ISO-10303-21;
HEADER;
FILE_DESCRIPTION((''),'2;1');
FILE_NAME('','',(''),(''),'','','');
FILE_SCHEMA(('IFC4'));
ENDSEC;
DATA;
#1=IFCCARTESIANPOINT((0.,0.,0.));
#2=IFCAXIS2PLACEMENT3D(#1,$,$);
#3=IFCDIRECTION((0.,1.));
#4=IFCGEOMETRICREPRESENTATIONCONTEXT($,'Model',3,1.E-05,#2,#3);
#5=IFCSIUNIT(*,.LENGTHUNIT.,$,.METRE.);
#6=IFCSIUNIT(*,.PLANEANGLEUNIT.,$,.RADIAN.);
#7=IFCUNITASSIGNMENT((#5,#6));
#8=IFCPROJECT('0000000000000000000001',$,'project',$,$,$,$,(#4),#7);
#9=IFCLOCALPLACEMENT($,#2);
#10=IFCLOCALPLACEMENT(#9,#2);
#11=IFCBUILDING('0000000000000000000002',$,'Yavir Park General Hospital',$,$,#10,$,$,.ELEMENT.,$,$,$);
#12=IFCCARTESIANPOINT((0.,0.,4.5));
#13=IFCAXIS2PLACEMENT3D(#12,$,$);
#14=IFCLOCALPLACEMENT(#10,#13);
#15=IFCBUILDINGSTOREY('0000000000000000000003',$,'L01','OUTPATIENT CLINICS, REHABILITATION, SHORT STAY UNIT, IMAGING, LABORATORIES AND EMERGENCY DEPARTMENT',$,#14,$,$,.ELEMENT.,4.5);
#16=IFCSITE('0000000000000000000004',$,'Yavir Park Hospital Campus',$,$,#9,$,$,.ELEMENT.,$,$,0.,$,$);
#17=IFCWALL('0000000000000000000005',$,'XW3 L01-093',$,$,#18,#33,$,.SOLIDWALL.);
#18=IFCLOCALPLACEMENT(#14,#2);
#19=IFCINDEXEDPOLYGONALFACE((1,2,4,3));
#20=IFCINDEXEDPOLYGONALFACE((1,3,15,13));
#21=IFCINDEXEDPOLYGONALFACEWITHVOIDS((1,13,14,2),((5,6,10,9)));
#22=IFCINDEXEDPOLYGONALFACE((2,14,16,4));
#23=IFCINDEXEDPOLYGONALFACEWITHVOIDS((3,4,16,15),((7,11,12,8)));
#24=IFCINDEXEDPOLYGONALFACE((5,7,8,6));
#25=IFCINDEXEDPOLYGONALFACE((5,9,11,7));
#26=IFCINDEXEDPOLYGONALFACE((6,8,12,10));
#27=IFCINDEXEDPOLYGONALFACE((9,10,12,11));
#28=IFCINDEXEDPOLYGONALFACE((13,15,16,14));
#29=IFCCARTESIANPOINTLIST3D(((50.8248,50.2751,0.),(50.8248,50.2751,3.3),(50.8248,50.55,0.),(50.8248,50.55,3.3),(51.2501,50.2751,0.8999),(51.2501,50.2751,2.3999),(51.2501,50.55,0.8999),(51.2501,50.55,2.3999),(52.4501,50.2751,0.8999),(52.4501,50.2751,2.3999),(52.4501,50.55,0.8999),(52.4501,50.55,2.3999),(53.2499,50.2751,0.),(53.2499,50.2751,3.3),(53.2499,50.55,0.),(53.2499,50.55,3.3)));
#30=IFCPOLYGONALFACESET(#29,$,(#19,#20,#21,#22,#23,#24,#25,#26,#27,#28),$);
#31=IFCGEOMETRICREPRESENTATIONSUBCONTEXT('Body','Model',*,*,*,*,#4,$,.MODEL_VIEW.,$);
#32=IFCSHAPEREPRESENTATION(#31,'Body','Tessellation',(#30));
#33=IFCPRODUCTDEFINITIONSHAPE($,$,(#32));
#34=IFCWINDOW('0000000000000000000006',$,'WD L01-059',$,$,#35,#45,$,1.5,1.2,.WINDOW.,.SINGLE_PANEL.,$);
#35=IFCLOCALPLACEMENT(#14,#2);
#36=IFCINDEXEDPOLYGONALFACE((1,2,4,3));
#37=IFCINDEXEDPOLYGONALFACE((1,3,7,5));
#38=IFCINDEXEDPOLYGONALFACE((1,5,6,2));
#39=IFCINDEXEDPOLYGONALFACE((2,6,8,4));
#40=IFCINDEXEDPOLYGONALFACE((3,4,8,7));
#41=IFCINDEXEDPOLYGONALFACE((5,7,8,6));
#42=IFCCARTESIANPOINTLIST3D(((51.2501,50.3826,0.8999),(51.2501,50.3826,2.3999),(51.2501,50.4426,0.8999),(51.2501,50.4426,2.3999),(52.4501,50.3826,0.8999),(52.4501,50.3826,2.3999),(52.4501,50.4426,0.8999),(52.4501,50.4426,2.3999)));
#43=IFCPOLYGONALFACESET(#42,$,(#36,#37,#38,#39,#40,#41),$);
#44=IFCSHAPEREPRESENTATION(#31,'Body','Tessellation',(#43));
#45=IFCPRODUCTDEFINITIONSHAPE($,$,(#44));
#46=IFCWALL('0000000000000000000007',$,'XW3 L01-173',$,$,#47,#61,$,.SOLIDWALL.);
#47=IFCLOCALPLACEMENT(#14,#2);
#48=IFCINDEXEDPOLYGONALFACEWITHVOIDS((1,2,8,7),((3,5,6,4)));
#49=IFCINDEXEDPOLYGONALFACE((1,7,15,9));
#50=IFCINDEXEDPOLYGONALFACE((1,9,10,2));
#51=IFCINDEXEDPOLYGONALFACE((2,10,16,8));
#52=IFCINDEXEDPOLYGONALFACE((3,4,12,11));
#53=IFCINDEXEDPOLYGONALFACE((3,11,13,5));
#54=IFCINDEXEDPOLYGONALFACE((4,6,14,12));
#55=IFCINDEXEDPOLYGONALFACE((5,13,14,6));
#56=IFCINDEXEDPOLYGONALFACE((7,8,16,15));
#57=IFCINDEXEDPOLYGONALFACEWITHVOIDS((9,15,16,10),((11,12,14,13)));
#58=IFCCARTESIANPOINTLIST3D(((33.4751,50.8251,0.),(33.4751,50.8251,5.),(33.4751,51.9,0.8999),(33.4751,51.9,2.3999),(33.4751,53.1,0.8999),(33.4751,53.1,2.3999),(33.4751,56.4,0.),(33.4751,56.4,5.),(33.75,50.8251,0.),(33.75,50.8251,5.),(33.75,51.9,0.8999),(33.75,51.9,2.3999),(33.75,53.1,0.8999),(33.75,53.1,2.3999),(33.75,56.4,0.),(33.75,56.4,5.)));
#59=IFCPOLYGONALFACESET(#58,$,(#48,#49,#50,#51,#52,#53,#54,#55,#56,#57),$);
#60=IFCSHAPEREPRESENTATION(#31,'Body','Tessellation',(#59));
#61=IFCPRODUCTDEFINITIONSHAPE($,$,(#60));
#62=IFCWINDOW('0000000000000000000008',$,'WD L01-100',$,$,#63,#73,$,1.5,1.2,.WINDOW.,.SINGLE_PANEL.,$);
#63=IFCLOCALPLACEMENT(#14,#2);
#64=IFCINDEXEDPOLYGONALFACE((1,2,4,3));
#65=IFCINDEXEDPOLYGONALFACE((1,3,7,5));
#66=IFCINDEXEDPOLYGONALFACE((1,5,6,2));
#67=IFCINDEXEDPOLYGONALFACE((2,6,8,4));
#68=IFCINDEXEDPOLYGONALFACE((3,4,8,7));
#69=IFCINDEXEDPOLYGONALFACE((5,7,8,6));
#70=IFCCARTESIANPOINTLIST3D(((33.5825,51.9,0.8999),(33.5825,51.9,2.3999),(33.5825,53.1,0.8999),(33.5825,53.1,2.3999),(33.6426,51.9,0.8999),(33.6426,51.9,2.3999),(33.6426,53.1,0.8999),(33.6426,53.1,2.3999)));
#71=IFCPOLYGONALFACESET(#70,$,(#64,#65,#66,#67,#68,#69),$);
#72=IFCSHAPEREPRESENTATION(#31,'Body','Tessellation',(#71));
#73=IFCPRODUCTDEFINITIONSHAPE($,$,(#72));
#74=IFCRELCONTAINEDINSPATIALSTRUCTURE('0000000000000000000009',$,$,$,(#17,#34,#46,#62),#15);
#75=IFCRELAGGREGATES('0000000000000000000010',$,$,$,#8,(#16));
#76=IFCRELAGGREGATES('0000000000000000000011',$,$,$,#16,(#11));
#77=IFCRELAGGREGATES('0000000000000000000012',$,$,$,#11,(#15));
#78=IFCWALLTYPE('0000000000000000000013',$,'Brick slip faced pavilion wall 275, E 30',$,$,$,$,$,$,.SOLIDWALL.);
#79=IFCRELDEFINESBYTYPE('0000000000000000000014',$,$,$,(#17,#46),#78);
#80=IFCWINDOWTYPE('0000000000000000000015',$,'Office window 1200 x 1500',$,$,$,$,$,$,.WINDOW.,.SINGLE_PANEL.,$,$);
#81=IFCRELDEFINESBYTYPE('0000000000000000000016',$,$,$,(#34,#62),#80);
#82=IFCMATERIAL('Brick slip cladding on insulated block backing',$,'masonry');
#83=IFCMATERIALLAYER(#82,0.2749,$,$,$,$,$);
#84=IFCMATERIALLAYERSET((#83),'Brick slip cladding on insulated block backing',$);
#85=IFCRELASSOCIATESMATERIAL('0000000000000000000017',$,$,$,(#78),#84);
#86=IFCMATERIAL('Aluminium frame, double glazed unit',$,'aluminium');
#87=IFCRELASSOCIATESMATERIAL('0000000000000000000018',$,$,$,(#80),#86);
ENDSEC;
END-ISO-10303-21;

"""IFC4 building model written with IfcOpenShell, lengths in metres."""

from ifc_helpers import new_model, si_unit, direction, frame, frame_2d, origin, place, context, subcontext, project, spatial, rectangle, extrude, material, layer, layer_set, type_object, element, fill, save


model = new_model("IFC4")

# Units and contexts
model_context = context("Model", 3, precision=1e-05, world=origin(), true_north=direction((0.0, 1.0)))
body_context = subcontext(model_context, "Body", "Model", "MODEL_VIEW")
ifc_project = project(units=[si_unit("LENGTHUNIT", "METRE"), si_unit("PLANEANGLEUNIT", "RADIAN")], contexts=[model_context])

# Site, building, storey
site_placement = place(None, origin())
site = spatial("IfcSite", under=ifc_project, at=site_placement, Name="Yavir Park Hospital Campus", CompositionType="ELEMENT", RefElevation=0.0)
building_placement = place(site_placement, origin())
building = spatial("IfcBuilding", under=site, at=building_placement, Name="Yavir Park General Hospital", CompositionType="ELEMENT")
storey_placement = place(building_placement, frame((0.0, 0.0, 4.5)))
storey = spatial("IfcBuildingStorey", under=building, at=storey_placement, Name="L01", Description="OUTPATIENT CLINICS, REHABILITATION, SHORT STAY UNIT, IMAGING, LABORATORIES AND EMERGENCY DEPARTMENT", CompositionType="ELEMENT", Elevation=4.5)

# Walls, openings, windows
ifc_material_1 = material(Name="Brick slip cladding on insulated block backing", Category="masonry")
ifc_layer_1 = layer(ifc_material_1, 0.2749)
ifc_layer_set_1 = layer_set([ifc_layer_1], Name="Brick slip cladding on insulated block backing")
wall_type_1 = type_object("IfcWallType", Name="Brick slip faced pavilion wall 275, E 30", PredefinedType="SOLIDWALL", material=ifc_layer_set_1)
ifc_material_2 = material(Name="Aluminium frame, double glazed unit", Category="aluminium")
window_type = type_object("IfcWindowType", Name="Office window 1200 x 1500", PartitioningType="SINGLE_PANEL", PredefinedType="WINDOW", material=ifc_material_2)
wall_1_placement = place(storey_placement, frame((50.825, 50.4126, 0.0), z_axis=(0.0, 0.0, 1.0), x_axis=(1.0, 0.0, 0.0)))
wall_1 = element("IfcWall", 1, at=wall_1_placement, inside=storey, type_object=wall_type_1, Name="XW3 L01-093", PredefinedType="SOLIDWALL", context=body_context, shape_type="SweptSolid", body=[
    extrude(rectangle(XDim=2.425, YDim=0.2749, at=frame_2d((1.2124, 0.0))), origin(), (0.0, 0.0, 1.0), 3.3),
])
opening_1_placement = place(wall_1_placement, frame((0.425, 0.0, 0.8999)))
opening_1 = element("IfcOpeningElement", 2, at=opening_1_placement, cuts=wall_1, PredefinedType="OPENING", context=body_context, shape_type="SweptSolid", body=[
    extrude(rectangle(XDim=1.2, YDim=1.5, at=frame_2d((0.6001, 0.75))), frame((0.0, 0.1475, 0.0), z_axis=(0.0, -1.0, 0.0), x_axis=(1.0, 0.0, 0.0)), (0.0, 0.0, 1.0), 0.2949),
])
window_1_placement = place(opening_1_placement, origin())
window_1 = element("IfcWindow", 3, at=window_1_placement, inside=storey, type_object=window_type, Name="WD L01-059", OverallHeight=1.5, OverallWidth=1.2, PartitioningType="SINGLE_PANEL", PredefinedType="WINDOW", context=body_context, shape_type="SweptSolid", body=[
    extrude(rectangle(XDim=1.2, YDim=1.5, at=frame_2d((0.6001, 0.75))), frame((0.0, 0.03, 0.0), z_axis=(0.0, -1.0, 0.0), x_axis=(1.0, 0.0, 0.0)), (0.0, 0.0, 1.0), 0.0601),
])
fill(opening_1, window_1)
wall_2_placement = place(storey_placement, frame((33.6125, 50.825, 0.0), z_axis=(0.0, 0.0, 1.0), x_axis=(0.0, 1.0, 0.0)))
wall_2 = element("IfcWall", 4, at=wall_2_placement, inside=storey, type_object=wall_type_1, Name="XW3 L01-173", PredefinedType="SOLIDWALL", context=body_context, shape_type="SweptSolid", body=[
    extrude(rectangle(XDim=5.575, YDim=0.2749, at=frame_2d((2.7876, 0.0))), origin(), (0.0, 0.0, 1.0), 5.0),
])
opening_2_placement = place(wall_2_placement, frame((1.075, 0.0, 0.8999)))
opening_2 = element("IfcOpeningElement", 5, at=opening_2_placement, cuts=wall_2, PredefinedType="OPENING", context=body_context, shape_type="SweptSolid", body=[
    extrude(rectangle(XDim=1.2, YDim=1.5, at=frame_2d((0.6001, 0.75))), frame((0.0, 0.1475, 0.0), z_axis=(0.0, -1.0, 0.0), x_axis=(1.0, 0.0, 0.0)), (0.0, 0.0, 1.0), 0.2949),
])
window_2_placement = place(opening_2_placement, origin())
window_2 = element("IfcWindow", 6, at=window_2_placement, inside=storey, type_object=window_type, Name="WD L01-100", OverallHeight=1.5, OverallWidth=1.2, PartitioningType="SINGLE_PANEL", PredefinedType="WINDOW", context=body_context, shape_type="SweptSolid", body=[
    extrude(rectangle(XDim=1.2, YDim=1.5, at=frame_2d((0.6001, 0.75))), frame((0.0, 0.03, 0.0), z_axis=(0.0, -1.0, 0.0), x_axis=(1.0, 0.0, 0.0)), (0.0, 0.0, 1.0), 0.0601),
])
fill(opening_2, window_2)

save(model, "model.ifc")
